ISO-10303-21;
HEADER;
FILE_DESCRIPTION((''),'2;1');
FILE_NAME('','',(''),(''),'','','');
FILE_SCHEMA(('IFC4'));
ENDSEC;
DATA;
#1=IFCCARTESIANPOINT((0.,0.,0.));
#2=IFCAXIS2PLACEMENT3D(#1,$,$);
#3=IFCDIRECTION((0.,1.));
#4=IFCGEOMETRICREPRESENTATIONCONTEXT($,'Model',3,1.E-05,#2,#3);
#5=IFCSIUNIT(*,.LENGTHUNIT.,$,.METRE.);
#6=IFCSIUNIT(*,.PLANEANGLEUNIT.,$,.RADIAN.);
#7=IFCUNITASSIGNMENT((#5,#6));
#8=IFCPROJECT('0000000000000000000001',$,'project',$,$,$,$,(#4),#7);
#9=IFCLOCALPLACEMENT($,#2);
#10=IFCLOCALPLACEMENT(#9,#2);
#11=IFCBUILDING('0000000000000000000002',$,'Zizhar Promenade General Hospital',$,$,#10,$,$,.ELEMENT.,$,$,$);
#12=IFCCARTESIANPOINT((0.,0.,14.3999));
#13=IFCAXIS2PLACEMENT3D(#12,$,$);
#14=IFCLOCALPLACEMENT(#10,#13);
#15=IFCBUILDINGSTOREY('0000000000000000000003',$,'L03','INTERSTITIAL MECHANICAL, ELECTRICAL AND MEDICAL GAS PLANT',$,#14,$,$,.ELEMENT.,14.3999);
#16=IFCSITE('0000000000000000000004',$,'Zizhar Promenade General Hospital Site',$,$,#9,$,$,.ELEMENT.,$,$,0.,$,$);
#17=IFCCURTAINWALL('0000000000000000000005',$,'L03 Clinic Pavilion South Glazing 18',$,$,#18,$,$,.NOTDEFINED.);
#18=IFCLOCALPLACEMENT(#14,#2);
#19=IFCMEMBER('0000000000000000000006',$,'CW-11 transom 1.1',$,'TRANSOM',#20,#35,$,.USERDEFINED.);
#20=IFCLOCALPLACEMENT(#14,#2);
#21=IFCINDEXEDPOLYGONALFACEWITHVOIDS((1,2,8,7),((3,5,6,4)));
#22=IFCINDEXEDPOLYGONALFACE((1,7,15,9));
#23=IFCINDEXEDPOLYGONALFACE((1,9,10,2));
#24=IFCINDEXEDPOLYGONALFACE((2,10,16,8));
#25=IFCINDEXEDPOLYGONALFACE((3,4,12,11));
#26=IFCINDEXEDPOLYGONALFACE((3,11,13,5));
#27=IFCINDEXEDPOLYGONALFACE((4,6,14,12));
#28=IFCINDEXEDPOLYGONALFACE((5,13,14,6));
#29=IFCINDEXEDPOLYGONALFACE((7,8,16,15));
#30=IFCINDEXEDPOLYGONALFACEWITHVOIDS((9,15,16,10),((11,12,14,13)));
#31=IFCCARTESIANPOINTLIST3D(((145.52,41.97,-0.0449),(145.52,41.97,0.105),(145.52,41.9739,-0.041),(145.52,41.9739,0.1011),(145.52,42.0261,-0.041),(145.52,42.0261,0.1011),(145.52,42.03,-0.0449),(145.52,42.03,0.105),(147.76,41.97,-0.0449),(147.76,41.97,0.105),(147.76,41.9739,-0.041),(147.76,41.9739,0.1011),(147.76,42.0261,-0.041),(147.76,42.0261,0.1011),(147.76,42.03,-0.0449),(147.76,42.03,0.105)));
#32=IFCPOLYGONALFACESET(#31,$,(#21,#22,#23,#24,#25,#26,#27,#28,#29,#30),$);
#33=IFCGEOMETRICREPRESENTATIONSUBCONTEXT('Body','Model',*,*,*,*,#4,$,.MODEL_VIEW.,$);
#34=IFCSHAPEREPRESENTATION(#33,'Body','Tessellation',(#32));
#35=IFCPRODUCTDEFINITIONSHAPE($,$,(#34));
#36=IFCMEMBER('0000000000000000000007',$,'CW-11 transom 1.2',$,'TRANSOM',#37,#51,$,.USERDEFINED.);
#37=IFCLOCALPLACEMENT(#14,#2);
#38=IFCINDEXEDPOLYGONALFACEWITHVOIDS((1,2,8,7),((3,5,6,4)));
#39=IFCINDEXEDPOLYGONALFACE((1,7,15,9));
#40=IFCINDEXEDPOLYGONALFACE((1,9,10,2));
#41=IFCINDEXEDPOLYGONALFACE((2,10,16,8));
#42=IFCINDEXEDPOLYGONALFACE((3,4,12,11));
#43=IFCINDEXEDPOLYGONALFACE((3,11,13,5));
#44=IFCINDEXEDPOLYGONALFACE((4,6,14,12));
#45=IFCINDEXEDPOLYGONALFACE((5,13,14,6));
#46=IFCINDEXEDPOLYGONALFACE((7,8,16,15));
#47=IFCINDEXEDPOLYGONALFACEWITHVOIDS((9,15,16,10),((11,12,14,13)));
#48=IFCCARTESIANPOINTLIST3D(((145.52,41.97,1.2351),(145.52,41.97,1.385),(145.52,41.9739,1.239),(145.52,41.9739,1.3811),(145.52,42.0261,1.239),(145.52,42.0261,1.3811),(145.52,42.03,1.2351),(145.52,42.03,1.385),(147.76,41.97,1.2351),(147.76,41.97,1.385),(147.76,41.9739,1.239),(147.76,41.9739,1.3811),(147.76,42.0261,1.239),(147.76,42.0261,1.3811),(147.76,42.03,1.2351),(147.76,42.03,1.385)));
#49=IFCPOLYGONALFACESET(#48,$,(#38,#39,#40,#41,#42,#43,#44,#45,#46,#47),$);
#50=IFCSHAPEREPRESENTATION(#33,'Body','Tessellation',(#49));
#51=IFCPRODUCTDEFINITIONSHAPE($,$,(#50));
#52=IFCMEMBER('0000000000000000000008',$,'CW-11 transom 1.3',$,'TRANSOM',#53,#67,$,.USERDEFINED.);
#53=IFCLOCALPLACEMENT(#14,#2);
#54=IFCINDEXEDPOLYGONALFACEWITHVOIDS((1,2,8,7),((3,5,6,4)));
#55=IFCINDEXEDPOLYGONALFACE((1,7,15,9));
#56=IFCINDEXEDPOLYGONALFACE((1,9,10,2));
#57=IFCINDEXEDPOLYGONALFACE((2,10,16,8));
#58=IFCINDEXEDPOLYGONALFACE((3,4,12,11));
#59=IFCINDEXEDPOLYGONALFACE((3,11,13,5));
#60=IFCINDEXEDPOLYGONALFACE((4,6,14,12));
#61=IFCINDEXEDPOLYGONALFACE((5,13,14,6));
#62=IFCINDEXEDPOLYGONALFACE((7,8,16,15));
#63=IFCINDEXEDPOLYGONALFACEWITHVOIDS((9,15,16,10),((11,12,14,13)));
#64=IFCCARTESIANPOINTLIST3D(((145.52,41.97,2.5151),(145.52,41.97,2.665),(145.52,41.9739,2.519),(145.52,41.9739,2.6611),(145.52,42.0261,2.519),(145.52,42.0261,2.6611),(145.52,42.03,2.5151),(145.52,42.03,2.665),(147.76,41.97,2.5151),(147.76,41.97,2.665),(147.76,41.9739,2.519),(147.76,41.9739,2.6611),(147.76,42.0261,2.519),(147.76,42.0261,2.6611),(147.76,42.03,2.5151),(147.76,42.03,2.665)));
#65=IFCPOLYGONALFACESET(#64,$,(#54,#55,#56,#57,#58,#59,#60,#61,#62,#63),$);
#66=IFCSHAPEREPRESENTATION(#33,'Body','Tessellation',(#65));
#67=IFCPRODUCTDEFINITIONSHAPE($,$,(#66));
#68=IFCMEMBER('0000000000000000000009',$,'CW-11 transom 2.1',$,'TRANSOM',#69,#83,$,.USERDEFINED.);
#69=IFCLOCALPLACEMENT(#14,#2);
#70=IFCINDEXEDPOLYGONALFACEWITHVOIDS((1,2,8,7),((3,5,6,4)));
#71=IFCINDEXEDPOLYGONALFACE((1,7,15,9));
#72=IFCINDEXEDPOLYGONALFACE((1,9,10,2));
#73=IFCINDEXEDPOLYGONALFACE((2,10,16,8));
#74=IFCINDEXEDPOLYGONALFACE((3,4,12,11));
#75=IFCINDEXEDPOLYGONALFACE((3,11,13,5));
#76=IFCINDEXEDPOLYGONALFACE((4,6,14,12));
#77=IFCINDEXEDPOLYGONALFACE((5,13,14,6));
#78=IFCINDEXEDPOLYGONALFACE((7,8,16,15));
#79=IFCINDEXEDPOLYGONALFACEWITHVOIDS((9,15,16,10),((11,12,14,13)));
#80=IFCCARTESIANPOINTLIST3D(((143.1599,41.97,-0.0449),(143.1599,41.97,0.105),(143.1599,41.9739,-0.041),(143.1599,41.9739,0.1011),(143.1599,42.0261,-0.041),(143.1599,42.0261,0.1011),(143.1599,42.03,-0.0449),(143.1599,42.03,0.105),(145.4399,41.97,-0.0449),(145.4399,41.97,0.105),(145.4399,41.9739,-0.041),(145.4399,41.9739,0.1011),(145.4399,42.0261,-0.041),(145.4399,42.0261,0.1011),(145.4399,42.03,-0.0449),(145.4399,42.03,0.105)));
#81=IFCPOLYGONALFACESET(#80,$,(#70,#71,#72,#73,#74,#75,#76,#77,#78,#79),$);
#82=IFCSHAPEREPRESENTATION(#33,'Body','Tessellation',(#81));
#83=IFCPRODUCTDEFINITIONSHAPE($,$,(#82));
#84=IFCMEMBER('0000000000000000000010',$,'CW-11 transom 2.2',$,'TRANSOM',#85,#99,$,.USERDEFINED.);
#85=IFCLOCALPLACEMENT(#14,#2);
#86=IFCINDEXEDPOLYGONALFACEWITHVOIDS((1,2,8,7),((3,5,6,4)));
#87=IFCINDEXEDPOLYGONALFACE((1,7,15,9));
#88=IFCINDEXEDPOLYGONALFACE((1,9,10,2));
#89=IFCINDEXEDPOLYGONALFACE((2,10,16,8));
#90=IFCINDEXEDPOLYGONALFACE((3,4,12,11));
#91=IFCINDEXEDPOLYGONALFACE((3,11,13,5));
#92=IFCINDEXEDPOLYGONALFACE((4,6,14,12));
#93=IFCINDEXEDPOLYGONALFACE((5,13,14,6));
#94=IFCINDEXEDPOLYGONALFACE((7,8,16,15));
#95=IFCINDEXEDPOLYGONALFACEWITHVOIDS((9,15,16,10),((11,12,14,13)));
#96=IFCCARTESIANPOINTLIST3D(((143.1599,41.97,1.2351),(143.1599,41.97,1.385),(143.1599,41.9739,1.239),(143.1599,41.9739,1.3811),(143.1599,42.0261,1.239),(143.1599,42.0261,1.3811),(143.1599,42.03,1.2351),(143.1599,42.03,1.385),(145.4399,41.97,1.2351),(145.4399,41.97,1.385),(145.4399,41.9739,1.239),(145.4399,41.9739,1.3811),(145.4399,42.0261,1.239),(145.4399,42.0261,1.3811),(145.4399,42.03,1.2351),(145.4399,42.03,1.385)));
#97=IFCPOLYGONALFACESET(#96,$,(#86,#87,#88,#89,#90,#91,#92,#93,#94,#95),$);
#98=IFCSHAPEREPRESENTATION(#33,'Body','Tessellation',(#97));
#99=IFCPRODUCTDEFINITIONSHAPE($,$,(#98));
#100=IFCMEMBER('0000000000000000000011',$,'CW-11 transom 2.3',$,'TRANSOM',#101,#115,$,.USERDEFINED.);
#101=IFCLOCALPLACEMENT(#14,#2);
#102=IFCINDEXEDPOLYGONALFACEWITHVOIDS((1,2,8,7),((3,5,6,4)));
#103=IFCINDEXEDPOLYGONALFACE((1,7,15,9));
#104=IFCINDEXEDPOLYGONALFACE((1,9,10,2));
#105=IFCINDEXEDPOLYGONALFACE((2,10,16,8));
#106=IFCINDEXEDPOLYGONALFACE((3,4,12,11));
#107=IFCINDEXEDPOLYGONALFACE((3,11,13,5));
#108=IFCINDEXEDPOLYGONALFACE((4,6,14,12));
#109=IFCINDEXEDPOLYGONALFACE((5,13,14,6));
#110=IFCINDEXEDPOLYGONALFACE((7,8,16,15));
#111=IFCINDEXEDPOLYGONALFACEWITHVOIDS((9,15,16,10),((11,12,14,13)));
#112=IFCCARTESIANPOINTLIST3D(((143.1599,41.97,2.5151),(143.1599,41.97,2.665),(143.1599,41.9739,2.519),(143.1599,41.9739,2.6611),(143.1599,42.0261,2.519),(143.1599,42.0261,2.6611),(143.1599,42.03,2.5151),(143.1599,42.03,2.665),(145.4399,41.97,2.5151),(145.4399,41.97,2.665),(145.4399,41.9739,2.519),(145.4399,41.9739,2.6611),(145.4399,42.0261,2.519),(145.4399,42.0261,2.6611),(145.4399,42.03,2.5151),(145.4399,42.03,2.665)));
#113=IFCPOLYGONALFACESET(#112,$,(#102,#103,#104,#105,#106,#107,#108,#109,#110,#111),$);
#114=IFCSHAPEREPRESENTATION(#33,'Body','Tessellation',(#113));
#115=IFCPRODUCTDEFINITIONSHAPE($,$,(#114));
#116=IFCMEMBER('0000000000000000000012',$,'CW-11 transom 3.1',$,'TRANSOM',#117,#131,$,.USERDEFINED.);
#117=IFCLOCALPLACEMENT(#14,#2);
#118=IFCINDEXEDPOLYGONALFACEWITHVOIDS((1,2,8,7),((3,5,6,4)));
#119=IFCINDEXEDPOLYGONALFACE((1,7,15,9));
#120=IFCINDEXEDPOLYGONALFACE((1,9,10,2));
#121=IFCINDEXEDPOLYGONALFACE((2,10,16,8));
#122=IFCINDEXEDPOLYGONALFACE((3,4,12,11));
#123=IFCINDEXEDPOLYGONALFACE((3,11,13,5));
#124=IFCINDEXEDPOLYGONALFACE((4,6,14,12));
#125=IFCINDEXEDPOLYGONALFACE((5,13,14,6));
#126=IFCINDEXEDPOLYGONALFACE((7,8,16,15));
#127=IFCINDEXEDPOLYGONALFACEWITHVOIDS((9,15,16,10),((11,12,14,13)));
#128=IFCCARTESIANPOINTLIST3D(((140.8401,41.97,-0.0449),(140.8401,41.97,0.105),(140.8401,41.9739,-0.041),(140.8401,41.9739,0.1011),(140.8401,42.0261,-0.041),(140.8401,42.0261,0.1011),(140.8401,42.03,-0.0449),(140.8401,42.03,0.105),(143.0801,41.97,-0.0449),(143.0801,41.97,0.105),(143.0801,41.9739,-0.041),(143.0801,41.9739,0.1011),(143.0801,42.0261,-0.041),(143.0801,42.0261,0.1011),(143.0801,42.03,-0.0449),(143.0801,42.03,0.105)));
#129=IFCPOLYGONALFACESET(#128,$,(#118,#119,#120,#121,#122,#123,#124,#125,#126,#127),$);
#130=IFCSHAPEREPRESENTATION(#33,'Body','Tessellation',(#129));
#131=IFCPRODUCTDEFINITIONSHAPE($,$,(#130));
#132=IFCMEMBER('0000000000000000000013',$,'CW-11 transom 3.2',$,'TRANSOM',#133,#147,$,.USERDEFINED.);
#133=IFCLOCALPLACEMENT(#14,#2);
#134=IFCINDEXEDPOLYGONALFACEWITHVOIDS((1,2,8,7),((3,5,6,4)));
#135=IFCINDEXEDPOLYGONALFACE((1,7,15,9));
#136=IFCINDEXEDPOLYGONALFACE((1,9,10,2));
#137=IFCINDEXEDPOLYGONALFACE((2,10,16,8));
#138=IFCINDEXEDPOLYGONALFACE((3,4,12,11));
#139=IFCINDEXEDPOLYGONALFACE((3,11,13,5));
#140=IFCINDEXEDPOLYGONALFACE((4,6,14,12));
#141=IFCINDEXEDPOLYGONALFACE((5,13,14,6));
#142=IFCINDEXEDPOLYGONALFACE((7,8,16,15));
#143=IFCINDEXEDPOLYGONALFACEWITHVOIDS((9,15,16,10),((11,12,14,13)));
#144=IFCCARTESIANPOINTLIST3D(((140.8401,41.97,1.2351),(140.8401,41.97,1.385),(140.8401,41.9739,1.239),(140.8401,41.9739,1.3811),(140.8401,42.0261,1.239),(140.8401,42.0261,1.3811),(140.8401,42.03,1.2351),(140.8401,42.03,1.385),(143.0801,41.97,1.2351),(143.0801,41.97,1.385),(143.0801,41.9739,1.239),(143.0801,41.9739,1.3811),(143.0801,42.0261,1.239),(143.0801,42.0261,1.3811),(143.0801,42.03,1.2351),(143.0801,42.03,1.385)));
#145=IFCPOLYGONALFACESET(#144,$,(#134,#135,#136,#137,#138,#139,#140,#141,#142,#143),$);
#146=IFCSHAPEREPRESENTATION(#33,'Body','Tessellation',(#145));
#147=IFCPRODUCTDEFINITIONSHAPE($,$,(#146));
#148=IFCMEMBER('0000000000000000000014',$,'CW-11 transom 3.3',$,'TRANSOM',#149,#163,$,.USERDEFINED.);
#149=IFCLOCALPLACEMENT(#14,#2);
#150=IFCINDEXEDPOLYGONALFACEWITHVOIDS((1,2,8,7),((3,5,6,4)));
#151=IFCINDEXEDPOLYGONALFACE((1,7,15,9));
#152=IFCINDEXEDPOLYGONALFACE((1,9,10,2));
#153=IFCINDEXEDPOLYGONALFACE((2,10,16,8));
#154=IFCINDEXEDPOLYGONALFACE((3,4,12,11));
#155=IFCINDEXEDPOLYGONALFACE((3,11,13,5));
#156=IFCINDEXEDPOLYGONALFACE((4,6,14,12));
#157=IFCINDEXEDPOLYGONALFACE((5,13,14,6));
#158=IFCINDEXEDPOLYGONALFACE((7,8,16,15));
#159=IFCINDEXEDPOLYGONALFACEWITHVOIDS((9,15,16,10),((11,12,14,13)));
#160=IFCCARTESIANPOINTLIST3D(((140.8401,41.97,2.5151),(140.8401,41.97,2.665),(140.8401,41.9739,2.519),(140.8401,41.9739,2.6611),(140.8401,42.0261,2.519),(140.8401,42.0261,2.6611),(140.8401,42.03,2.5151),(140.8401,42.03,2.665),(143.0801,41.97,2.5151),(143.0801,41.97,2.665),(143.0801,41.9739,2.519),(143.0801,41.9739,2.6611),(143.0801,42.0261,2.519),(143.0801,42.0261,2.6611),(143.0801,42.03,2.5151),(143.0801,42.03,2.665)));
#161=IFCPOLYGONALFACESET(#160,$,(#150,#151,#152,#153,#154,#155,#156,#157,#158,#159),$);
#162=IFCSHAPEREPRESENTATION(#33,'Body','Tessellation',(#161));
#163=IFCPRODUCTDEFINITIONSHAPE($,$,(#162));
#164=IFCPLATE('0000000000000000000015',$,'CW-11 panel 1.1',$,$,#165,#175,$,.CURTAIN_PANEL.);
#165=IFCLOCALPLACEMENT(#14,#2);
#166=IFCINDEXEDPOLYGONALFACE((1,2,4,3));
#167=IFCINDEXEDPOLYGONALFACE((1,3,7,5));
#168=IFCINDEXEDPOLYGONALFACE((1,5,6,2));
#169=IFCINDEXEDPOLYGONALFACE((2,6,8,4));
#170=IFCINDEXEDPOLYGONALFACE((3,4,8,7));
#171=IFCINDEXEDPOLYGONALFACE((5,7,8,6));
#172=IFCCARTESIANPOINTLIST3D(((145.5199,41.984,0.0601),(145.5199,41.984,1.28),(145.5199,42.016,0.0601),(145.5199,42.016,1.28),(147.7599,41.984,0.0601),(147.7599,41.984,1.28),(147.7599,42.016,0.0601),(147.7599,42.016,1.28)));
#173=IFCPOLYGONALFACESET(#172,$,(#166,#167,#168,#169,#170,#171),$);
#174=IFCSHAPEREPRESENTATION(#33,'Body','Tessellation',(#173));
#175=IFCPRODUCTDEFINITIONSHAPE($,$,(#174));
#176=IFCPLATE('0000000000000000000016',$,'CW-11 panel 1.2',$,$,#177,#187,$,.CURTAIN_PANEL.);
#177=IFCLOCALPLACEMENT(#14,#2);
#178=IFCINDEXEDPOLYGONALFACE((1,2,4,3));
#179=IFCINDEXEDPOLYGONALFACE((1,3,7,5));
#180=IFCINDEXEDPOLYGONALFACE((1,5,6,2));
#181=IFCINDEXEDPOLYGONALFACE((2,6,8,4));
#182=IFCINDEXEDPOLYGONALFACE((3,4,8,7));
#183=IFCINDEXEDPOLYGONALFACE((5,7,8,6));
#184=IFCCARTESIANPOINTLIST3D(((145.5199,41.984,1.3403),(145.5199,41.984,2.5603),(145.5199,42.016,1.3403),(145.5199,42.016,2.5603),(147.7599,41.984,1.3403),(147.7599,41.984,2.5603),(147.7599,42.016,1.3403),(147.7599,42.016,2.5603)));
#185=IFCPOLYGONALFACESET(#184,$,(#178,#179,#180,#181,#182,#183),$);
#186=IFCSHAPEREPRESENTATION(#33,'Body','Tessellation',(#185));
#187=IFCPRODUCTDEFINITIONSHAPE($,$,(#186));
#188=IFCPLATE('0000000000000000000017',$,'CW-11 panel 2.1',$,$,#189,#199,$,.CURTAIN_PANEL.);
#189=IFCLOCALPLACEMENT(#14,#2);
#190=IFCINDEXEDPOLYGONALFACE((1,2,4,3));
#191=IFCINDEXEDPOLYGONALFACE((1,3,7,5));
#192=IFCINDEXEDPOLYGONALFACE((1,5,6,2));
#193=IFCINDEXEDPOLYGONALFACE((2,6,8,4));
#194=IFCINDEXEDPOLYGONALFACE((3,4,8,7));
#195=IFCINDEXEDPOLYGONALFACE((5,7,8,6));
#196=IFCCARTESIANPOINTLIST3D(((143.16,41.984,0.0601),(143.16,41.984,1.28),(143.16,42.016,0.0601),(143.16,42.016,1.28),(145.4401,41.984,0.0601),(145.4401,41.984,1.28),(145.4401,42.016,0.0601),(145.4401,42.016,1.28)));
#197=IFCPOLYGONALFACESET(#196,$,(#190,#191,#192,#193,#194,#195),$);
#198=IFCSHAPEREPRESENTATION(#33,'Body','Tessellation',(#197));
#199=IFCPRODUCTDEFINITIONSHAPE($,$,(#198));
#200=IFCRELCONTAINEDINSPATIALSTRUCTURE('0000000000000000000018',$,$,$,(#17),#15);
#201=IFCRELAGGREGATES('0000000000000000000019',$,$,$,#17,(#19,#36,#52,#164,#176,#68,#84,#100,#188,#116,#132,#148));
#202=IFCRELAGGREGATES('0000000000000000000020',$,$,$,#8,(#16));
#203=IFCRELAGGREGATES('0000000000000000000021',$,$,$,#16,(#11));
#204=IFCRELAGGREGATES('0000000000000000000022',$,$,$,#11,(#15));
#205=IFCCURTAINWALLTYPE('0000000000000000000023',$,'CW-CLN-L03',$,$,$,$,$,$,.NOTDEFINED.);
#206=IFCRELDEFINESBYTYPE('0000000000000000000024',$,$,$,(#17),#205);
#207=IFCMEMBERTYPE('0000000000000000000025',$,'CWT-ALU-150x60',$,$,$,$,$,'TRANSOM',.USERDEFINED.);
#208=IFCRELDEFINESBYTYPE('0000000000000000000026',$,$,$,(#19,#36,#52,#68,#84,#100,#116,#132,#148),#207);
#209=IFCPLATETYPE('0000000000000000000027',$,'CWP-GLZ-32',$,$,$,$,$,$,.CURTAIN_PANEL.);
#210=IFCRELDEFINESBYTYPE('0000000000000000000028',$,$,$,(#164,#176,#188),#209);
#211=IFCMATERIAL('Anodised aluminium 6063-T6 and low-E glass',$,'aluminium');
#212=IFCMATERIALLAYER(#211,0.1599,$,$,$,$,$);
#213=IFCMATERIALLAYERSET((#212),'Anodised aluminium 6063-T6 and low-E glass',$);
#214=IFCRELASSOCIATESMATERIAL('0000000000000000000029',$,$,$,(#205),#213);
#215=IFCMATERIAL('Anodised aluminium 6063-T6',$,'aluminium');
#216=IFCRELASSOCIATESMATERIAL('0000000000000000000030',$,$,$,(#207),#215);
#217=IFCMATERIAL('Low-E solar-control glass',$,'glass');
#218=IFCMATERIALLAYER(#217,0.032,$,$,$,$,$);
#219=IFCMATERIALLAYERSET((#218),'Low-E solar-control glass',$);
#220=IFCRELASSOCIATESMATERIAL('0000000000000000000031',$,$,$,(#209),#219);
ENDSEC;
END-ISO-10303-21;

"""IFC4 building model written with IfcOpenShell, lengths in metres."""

from ifc_helpers import new_model, si_unit, direction, frame, origin, origin_2d, place, context, subcontext, project, spatial, rectangle, hollow_rectangle, extrude, material, layer, layer_set, material_profile, profile_set, type_object, element, aggregate, save


model = new_model("IFC4")

# Units and contexts
model_context = context("Model", 3, precision=1e-05, world=origin(), true_north=direction((0.0, 1.0)))
body_context = subcontext(model_context, "Body", "Model", "MODEL_VIEW")
ifc_project = project(units=[si_unit("LENGTHUNIT", "METRE"), si_unit("PLANEANGLEUNIT", "RADIAN")], contexts=[model_context])

# Site, building, storey
site_placement = place(None, origin())
site = spatial("IfcSite", under=ifc_project, at=site_placement, Name="Zizhar Promenade General Hospital Site", CompositionType="ELEMENT", RefElevation=0.0)
building_placement = place(site_placement, origin())
building = spatial("IfcBuilding", under=site, at=building_placement, Name="Zizhar Promenade General Hospital", CompositionType="ELEMENT")
storey_placement = place(building_placement, frame((0.0, 0.0, 14.3999)))
storey = spatial("IfcBuildingStorey", under=building, at=storey_placement, Name="L03", Description="INTERSTITIAL MECHANICAL, ELECTRICAL AND MEDICAL GAS PLANT", CompositionType="ELEMENT", Elevation=14.3999)

# Curtain wall
ifc_material_1 = material(Name="Anodised aluminium 6063-T6 and low-E glass", Category="aluminium")
ifc_layer_1 = layer(ifc_material_1, 0.1599)
ifc_layer_set_1 = layer_set([ifc_layer_1], Name="Anodised aluminium 6063-T6 and low-E glass")
curtain_wall_type = type_object("IfcCurtainWallType", Name="CW-CLN-L03", PredefinedType="NOTDEFINED", material=ifc_layer_set_1)
curtain_wall_1_placement = place(storey_placement, origin())
curtain_wall_1 = element("IfcCurtainWall", 1, at=curtain_wall_1_placement, inside=storey, type_object=curtain_wall_type, Name="L03 Clinic Pavilion South Glazing 18", PredefinedType="NOTDEFINED")

# Members
ifc_material_2 = material(Name="Anodised aluminium 6063-T6", Category="aluminium")
ifc_material_profile_1 = material_profile(ifc_material_2, hollow_rectangle(XDim=0.0601, YDim=0.1499, WallThickness=0.0039, at=origin_2d()))
ifc_profile_set_1 = profile_set([ifc_material_profile_1], Name="Anodised aluminium 6063-T6")
member_type_1 = type_object("IfcMemberType", Name="CWT-ALU-150x60", ElementType="TRANSOM", PredefinedType="USERDEFINED", material=ifc_profile_set_1)
member_1_placement = place(storey_placement, frame((147.76, 42.0, 0.03), z_axis=(-1.0, 0.0, 0.0), x_axis=(0.0, -1.0, 0.0)))
member_1 = element("IfcMember", 2, at=member_1_placement, type_object=member_type_1, Name="CW-11 transom 1.1", ObjectType="TRANSOM", PredefinedType="USERDEFINED", context=body_context, shape_type="SweptSolid", body=[
    extrude(hollow_rectangle(XDim=0.0601, YDim=0.1499, WallThickness=0.0039, at=origin_2d()), origin(), (0.0, 0.0, 1.0), 2.24),
])
member_2_placement = place(storey_placement, frame((147.76, 42.0, 1.3101), z_axis=(-1.0, 0.0, 0.0), x_axis=(0.0, -1.0, 0.0)))
member_2 = element("IfcMember", 3, at=member_2_placement, type_object=member_type_1, Name="CW-11 transom 1.2", ObjectType="TRANSOM", PredefinedType="USERDEFINED", context=body_context, shape_type="SweptSolid", body=[
    extrude(hollow_rectangle(XDim=0.0601, YDim=0.1499, WallThickness=0.0039, at=origin_2d()), origin(), (0.0, 0.0, 1.0), 2.24),
])
member_3_placement = place(storey_placement, frame((147.76, 42.0, 2.5901), z_axis=(-1.0, 0.0, 0.0), x_axis=(0.0, -1.0, 0.0)))
member_3 = element("IfcMember", 4, at=member_3_placement, type_object=member_type_1, Name="CW-11 transom 1.3", ObjectType="TRANSOM", PredefinedType="USERDEFINED", context=body_context, shape_type="SweptSolid", body=[
    extrude(hollow_rectangle(XDim=0.0601, YDim=0.1499, WallThickness=0.0039, at=origin_2d()), origin(), (0.0, 0.0, 1.0), 2.24),
])
member_4_placement = place(storey_placement, frame((145.4399, 42.0, 0.03), z_axis=(-1.0, 0.0, 0.0), x_axis=(0.0, -1.0, 0.0)))
member_4 = element("IfcMember", 5, at=member_4_placement, type_object=member_type_1, Name="CW-11 transom 2.1", ObjectType="TRANSOM", PredefinedType="USERDEFINED", context=body_context, shape_type="SweptSolid", body=[
    extrude(hollow_rectangle(XDim=0.0601, YDim=0.1499, WallThickness=0.0039, at=origin_2d()), origin(), (0.0, 0.0, 1.0), 2.28),
])
member_5_placement = place(storey_placement, frame((145.4399, 42.0, 1.3101), z_axis=(-1.0, 0.0, 0.0), x_axis=(0.0, -1.0, 0.0)))
member_5 = element("IfcMember", 6, at=member_5_placement, type_object=member_type_1, Name="CW-11 transom 2.2", ObjectType="TRANSOM", PredefinedType="USERDEFINED", context=body_context, shape_type="SweptSolid", body=[
    extrude(hollow_rectangle(XDim=0.0601, YDim=0.1499, WallThickness=0.0039, at=origin_2d()), origin(), (0.0, 0.0, 1.0), 2.28),
])
member_6_placement = place(storey_placement, frame((145.4399, 42.0, 2.5901), z_axis=(-1.0, 0.0, 0.0), x_axis=(0.0, -1.0, 0.0)))
member_6 = element("IfcMember", 7, at=member_6_placement, type_object=member_type_1, Name="CW-11 transom 2.3", ObjectType="TRANSOM", PredefinedType="USERDEFINED", context=body_context, shape_type="SweptSolid", body=[
    extrude(hollow_rectangle(XDim=0.0601, YDim=0.1499, WallThickness=0.0039, at=origin_2d()), origin(), (0.0, 0.0, 1.0), 2.28),
])
member_7_placement = place(storey_placement, frame((143.0801, 42.0, 0.03), z_axis=(-1.0, 0.0, 0.0), x_axis=(0.0, -1.0, 0.0)))
member_7 = element("IfcMember", 8, at=member_7_placement, type_object=member_type_1, Name="CW-11 transom 3.1", ObjectType="TRANSOM", PredefinedType="USERDEFINED", context=body_context, shape_type="SweptSolid", body=[
    extrude(hollow_rectangle(XDim=0.0601, YDim=0.1499, WallThickness=0.0039, at=origin_2d()), origin(), (0.0, 0.0, 1.0), 2.24),
])
member_8_placement = place(storey_placement, frame((143.0801, 42.0, 1.3101), z_axis=(-1.0, 0.0, 0.0), x_axis=(0.0, -1.0, 0.0)))
member_8 = element("IfcMember", 9, at=member_8_placement, type_object=member_type_1, Name="CW-11 transom 3.2", ObjectType="TRANSOM", PredefinedType="USERDEFINED", context=body_context, shape_type="SweptSolid", body=[
    extrude(hollow_rectangle(XDim=0.0601, YDim=0.1499, WallThickness=0.0039, at=origin_2d()), origin(), (0.0, 0.0, 1.0), 2.24),
])
member_9_placement = place(storey_placement, frame((143.0801, 42.0, 2.5901), z_axis=(-1.0, 0.0, 0.0), x_axis=(0.0, -1.0, 0.0)))
member_9 = element("IfcMember", 10, at=member_9_placement, type_object=member_type_1, Name="CW-11 transom 3.3", ObjectType="TRANSOM", PredefinedType="USERDEFINED", context=body_context, shape_type="SweptSolid", body=[
    extrude(hollow_rectangle(XDim=0.0601, YDim=0.1499, WallThickness=0.0039, at=origin_2d()), origin(), (0.0, 0.0, 1.0), 2.24),
])

# Plates
ifc_material_3 = material(Name="Low-E solar-control glass", Category="glass")
ifc_layer_2 = layer(ifc_material_3, 0.032)
ifc_layer_set_2 = layer_set([ifc_layer_2], Name="Low-E solar-control glass")
plate_type = type_object("IfcPlateType", Name="CWP-GLZ-32", PredefinedType="CURTAIN_PANEL", material=ifc_layer_set_2)
plate_1_placement = place(storey_placement, frame((146.6399, 42.0, 0.0601), z_axis=(0.0, 0.0, 1.0), x_axis=(-1.0, 0.0, 0.0)))
plate_1 = element("IfcPlate", 11, at=plate_1_placement, type_object=plate_type, Name="CW-11 panel 1.1", PredefinedType="CURTAIN_PANEL", context=body_context, shape_type="SweptSolid", body=[
    extrude(rectangle(XDim=2.24, YDim=0.032, at=origin_2d()), origin(), (0.0, 0.0, 1.0), 1.22),
])
plate_2_placement = place(storey_placement, frame((146.6399, 42.0, 1.3403), z_axis=(0.0, 0.0, 1.0), x_axis=(-1.0, 0.0, 0.0)))
plate_2 = element("IfcPlate", 12, at=plate_2_placement, type_object=plate_type, Name="CW-11 panel 1.2", PredefinedType="CURTAIN_PANEL", context=body_context, shape_type="SweptSolid", body=[
    extrude(rectangle(XDim=2.24, YDim=0.032, at=origin_2d()), origin(), (0.0, 0.0, 1.0), 1.22),
])
plate_3_placement = place(storey_placement, frame((144.3, 42.0, 0.0601), z_axis=(0.0, 0.0, 1.0), x_axis=(-1.0, 0.0, 0.0)))
plate_3 = element("IfcPlate", 13, at=plate_3_placement, type_object=plate_type, Name="CW-11 panel 2.1", PredefinedType="CURTAIN_PANEL", context=body_context, shape_type="SweptSolid", body=[
    extrude(rectangle(XDim=2.28, YDim=0.032, at=origin_2d()), origin(), (0.0, 0.0, 1.0), 1.22),
])
aggregate(curtain_wall_1, [member_1, member_2, member_3, plate_1, plate_2, member_4, member_5, member_6, plate_3, member_7, member_8, member_9])

save(model, "model.ifc")
